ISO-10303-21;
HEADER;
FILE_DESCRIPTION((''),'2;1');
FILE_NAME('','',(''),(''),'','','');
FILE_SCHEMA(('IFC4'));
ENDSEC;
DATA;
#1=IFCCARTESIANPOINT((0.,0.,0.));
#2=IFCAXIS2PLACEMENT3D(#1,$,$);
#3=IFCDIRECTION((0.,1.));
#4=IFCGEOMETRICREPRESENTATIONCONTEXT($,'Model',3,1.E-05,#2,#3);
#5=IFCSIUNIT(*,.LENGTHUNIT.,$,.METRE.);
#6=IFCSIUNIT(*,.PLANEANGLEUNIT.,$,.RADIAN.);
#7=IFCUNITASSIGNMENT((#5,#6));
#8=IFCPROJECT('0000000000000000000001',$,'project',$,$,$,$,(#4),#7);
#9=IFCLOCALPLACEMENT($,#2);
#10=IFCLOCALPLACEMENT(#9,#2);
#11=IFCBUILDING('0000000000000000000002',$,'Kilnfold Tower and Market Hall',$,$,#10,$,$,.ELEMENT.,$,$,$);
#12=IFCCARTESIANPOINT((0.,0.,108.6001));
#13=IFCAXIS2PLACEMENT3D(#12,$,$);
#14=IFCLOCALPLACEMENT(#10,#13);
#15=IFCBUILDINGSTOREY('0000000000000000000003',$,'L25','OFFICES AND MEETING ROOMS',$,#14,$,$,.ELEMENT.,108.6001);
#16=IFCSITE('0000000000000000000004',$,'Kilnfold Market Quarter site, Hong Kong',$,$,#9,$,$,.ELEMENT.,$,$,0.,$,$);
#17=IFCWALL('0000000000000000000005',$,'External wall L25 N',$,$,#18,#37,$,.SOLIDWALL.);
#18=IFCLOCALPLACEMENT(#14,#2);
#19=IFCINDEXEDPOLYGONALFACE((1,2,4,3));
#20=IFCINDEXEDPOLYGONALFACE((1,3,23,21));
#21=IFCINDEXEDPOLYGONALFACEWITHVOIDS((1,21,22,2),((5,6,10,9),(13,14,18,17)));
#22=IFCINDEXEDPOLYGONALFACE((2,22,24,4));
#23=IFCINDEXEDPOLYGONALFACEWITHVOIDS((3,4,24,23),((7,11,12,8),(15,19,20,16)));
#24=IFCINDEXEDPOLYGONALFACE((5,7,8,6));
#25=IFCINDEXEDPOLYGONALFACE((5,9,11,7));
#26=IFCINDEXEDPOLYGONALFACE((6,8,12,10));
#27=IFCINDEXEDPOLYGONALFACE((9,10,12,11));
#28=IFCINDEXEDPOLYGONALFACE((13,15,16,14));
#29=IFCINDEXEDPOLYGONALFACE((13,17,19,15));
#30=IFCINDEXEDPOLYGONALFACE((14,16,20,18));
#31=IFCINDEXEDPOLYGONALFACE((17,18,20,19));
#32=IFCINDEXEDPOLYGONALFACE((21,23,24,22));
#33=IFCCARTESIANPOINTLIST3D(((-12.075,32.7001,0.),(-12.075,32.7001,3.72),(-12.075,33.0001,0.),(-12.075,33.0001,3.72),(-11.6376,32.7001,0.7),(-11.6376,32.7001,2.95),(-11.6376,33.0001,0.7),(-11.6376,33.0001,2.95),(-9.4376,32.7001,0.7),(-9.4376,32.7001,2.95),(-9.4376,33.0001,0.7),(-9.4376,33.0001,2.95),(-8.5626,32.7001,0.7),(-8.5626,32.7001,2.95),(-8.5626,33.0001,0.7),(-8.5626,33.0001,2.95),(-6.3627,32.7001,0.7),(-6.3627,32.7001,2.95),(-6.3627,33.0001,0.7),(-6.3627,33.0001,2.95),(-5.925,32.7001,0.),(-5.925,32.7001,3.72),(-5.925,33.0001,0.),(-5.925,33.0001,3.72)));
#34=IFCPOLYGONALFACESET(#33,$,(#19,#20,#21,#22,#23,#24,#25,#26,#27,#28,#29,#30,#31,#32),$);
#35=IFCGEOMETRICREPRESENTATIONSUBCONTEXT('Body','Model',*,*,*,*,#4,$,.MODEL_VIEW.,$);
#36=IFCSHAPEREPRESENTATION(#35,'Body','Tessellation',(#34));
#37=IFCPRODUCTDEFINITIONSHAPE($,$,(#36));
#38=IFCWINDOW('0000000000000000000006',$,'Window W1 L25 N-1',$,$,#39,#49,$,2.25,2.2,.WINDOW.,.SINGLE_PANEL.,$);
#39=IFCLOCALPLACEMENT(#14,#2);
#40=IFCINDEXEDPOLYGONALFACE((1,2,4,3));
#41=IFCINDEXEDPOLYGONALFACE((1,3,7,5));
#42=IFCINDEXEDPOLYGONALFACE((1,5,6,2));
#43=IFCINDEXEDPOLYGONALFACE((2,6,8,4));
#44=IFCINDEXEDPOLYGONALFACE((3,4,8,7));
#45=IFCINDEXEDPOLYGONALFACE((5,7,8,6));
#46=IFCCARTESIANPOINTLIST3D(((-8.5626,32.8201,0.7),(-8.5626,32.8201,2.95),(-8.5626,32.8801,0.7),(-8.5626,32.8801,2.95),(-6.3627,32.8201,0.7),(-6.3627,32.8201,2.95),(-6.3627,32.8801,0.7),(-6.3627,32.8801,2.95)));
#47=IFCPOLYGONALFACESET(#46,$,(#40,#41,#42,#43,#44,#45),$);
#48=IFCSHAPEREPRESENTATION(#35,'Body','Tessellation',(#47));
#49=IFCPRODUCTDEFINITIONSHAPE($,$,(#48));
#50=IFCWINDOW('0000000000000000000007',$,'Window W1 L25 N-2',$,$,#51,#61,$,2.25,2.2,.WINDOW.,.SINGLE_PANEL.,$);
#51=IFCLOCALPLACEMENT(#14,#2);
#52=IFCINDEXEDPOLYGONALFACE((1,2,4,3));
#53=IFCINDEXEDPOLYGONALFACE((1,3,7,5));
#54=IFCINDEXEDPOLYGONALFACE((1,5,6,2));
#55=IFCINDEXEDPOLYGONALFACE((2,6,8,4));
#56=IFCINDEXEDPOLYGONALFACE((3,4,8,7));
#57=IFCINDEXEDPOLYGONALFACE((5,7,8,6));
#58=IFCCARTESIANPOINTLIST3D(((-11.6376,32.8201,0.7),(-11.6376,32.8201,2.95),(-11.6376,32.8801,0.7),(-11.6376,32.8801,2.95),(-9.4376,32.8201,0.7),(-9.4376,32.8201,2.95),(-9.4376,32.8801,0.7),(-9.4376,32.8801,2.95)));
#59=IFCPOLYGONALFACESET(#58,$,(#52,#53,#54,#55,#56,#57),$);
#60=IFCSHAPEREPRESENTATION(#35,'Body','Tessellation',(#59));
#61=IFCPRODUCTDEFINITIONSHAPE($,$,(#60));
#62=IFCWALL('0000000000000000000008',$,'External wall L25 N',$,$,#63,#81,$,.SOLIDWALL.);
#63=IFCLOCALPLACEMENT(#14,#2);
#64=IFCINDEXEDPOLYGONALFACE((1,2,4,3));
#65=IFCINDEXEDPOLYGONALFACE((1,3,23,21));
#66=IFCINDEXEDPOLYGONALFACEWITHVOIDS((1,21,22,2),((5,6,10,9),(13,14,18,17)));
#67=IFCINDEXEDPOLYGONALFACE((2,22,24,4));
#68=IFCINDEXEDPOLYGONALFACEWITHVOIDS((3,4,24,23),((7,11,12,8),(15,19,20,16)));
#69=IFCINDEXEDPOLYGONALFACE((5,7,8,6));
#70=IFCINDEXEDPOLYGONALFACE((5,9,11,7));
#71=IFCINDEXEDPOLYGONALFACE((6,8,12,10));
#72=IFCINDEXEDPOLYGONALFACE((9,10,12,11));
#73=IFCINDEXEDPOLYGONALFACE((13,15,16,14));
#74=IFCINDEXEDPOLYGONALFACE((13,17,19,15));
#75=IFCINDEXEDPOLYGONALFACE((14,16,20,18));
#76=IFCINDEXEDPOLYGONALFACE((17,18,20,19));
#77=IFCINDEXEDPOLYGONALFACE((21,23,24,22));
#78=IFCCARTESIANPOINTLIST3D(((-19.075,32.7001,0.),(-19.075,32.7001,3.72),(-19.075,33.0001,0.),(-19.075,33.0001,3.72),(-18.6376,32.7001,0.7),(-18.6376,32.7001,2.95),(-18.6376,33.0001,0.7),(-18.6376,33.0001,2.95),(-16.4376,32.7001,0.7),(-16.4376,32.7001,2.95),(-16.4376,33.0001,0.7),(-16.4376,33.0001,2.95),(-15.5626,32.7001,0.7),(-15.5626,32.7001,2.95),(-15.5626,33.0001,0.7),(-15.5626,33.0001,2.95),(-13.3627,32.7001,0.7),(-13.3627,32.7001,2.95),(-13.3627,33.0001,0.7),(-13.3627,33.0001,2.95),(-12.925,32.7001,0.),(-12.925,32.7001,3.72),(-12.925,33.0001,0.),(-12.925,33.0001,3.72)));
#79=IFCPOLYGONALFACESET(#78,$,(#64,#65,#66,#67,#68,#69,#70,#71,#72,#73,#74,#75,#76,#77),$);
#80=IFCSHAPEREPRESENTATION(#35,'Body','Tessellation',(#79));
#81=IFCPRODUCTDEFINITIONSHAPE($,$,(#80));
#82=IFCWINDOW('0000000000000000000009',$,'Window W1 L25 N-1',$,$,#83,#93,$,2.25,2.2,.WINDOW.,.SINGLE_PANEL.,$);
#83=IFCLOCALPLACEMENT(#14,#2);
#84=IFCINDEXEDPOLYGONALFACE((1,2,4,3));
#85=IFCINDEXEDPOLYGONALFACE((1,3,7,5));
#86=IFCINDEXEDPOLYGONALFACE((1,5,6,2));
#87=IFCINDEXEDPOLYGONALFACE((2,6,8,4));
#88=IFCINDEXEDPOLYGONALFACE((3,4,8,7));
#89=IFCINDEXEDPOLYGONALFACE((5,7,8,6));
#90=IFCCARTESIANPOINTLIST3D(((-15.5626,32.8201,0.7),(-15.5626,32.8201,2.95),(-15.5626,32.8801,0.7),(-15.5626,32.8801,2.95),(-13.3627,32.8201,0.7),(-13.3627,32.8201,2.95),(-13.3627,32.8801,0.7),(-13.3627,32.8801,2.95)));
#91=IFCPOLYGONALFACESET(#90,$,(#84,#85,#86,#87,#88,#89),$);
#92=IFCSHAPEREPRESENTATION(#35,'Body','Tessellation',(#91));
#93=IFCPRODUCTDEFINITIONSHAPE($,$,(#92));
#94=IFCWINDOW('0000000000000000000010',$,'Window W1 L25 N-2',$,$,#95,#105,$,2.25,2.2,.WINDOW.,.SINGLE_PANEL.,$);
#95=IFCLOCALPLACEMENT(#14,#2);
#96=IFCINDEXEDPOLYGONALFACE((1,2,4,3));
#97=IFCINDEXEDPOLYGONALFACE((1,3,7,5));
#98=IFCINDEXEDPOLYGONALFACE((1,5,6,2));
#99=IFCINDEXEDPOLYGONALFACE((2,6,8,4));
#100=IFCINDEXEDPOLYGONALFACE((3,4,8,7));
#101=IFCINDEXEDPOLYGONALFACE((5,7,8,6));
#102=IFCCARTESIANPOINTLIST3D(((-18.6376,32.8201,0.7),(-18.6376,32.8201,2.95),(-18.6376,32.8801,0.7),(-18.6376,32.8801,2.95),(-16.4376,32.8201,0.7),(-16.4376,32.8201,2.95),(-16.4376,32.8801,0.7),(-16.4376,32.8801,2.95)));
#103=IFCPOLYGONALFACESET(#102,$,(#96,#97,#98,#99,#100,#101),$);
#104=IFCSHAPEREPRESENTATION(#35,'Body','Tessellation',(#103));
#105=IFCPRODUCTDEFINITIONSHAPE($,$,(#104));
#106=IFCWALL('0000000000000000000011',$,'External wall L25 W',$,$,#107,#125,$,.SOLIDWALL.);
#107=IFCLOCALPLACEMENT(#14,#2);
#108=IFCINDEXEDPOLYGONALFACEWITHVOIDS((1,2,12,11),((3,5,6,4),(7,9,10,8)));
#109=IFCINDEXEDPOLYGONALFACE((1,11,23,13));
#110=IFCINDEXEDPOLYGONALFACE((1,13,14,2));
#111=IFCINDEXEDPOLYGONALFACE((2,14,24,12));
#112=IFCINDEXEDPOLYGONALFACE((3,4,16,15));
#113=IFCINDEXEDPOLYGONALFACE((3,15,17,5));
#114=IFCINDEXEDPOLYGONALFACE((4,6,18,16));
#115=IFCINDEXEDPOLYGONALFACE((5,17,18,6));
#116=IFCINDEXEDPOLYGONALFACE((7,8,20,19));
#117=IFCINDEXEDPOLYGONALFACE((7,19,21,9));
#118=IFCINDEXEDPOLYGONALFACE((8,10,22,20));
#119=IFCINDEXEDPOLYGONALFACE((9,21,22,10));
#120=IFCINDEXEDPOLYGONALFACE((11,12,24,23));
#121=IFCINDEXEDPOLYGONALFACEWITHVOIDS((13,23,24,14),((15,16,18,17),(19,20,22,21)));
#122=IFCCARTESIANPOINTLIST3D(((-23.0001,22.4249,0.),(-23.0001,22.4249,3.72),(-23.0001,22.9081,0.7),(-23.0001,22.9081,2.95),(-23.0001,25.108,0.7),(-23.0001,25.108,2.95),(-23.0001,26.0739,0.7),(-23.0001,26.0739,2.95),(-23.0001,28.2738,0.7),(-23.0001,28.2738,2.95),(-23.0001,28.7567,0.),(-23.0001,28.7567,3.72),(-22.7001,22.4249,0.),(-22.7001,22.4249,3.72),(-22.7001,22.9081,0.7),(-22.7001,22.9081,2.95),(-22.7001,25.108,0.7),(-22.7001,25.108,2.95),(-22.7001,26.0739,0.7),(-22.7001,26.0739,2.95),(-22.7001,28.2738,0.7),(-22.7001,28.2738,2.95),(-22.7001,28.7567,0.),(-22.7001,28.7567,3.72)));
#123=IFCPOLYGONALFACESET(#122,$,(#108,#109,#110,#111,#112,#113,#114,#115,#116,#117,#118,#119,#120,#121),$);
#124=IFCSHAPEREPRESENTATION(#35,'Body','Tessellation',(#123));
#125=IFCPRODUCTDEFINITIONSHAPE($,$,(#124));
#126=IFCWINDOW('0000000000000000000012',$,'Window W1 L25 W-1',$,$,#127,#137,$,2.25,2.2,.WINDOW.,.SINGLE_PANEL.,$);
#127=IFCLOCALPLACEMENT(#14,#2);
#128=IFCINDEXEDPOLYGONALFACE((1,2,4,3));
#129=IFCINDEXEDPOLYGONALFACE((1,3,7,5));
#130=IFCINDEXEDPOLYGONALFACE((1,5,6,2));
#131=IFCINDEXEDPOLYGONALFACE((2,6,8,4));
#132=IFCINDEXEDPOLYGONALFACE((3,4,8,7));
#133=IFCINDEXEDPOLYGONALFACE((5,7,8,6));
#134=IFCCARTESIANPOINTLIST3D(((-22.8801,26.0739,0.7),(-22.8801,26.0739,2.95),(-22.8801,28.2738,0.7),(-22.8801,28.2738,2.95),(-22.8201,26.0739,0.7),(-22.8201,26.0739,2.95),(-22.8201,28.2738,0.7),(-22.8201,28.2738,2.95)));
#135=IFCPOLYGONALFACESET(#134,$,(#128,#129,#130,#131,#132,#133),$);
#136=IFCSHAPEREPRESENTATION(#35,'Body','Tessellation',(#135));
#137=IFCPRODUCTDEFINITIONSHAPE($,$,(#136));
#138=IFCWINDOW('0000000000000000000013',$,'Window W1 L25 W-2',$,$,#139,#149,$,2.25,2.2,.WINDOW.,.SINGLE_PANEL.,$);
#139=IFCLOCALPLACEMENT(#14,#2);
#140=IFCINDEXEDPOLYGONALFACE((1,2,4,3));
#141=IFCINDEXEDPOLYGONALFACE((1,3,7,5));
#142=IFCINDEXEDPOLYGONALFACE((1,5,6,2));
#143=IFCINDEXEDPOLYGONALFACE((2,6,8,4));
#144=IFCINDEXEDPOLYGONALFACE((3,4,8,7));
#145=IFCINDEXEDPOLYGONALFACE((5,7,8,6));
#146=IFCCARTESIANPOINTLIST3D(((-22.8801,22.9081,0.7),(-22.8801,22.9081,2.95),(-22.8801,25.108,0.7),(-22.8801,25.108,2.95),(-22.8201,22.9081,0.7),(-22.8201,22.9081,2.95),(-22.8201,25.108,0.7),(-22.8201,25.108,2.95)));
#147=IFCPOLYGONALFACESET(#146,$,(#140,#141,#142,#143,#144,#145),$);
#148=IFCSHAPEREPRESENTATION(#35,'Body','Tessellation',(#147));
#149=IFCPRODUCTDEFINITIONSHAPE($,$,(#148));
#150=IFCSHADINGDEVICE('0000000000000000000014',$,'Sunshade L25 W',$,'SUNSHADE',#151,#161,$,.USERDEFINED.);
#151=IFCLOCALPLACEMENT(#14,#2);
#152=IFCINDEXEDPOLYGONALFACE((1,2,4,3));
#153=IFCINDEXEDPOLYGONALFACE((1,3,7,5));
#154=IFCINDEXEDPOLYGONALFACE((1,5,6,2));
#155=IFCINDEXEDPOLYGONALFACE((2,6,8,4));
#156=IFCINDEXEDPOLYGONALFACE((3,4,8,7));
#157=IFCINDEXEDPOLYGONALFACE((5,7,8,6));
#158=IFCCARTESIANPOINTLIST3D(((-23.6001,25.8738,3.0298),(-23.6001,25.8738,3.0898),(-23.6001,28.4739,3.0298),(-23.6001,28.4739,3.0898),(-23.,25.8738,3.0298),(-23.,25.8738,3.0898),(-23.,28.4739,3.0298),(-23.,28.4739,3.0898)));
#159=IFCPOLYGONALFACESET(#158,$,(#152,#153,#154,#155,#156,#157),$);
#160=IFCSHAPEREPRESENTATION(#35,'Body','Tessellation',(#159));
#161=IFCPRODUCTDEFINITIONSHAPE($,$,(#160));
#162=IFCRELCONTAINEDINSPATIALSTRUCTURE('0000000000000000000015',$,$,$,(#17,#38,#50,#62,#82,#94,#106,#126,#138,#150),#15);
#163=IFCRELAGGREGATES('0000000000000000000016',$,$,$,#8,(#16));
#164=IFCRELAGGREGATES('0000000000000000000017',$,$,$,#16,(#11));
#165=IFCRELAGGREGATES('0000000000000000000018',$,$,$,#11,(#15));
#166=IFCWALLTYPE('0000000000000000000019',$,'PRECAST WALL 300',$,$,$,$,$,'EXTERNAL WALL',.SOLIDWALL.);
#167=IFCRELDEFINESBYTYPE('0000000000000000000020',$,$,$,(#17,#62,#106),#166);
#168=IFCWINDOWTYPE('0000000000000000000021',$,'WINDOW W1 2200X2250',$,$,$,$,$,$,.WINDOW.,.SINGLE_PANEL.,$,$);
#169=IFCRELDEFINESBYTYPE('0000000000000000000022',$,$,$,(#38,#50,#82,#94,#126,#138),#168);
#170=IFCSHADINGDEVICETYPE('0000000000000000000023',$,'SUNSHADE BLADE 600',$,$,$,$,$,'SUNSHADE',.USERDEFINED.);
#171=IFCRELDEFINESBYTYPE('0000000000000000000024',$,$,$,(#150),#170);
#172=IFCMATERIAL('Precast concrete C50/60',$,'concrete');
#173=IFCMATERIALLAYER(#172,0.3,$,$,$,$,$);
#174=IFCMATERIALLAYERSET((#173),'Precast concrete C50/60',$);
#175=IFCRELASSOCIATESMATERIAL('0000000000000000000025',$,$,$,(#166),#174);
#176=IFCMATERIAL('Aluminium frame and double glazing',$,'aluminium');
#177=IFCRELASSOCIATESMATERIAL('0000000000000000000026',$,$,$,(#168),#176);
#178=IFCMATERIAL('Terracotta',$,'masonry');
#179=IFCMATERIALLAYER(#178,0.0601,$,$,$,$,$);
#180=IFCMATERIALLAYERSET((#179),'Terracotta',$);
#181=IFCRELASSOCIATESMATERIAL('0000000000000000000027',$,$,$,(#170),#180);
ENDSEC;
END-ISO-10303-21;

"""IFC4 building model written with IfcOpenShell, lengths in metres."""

from ifc_helpers import new_model, si_unit, direction, frame, frame_2d, origin, origin_2d, place, context, subcontext, project, spatial, rectangle, extrude, source, transform, mapped, material, layer, layer_set, type_object, element, fill, save


model = new_model("IFC4")

# Units and contexts
model_context = context("Model", 3, precision=1e-05, world=origin(), true_north=direction((0.0, 1.0)))
body_context = subcontext(model_context, "Body", "Model", "MODEL_VIEW")
ifc_project = project(units=[si_unit("LENGTHUNIT", "METRE"), si_unit("PLANEANGLEUNIT", "RADIAN")], contexts=[model_context])

# Site, building, storey
site_placement = place(None, origin())
site = spatial("IfcSite", under=ifc_project, at=site_placement, Name="Kilnfold Market Quarter site, Hong Kong", CompositionType="ELEMENT", RefElevation=0.0)
building_placement = place(site_placement, origin())
building = spatial("IfcBuilding", under=site, at=building_placement, Name="Kilnfold Tower and Market Hall", CompositionType="ELEMENT")
storey_placement = place(building_placement, frame((0.0, 0.0, 108.6001)))
storey = spatial("IfcBuildingStorey", under=building, at=storey_placement, Name="L25", Description="OFFICES AND MEETING ROOMS", CompositionType="ELEMENT", Elevation=108.6001)

# Shared definitions
ifc_material_1 = material(Name="Precast concrete C50/60", Category="concrete")
ifc_layer_1 = layer(ifc_material_1, 0.3)
ifc_layer_set_1 = layer_set([ifc_layer_1], Name="Precast concrete C50/60")
wall_type_1 = type_object("IfcWallType", Name="PRECAST WALL 300", ElementType="EXTERNAL WALL", PredefinedType="SOLIDWALL", material=ifc_layer_set_1)
ifc_material_2 = material(Name="Aluminium frame and double glazing", Category="aluminium")
window_type = type_object("IfcWindowType", Name="WINDOW W1 2200X2250", PartitioningType="SINGLE_PANEL", PredefinedType="WINDOW", material=ifc_material_2)

# Walls, openings, windows
shared_shape_1 = source(origin(), body_context, "Body", "SweptSolid", [
    extrude(rectangle(XDim=6.1499, YDim=0.3, at=frame_2d((3.075, 0.0))), origin(), (0.0, 0.0, 1.0), 3.72),
])
wall_1_placement = place(storey_placement, frame((-5.925, 32.8501, 0.0), z_axis=(0.0, 0.0, 1.0), x_axis=(-1.0, 0.0, 0.0)))
wall_1 = element("IfcWall", 1, at=wall_1_placement, inside=storey, type_object=wall_type_1, Name="External wall L25 N", PredefinedType="SOLIDWALL", context=body_context, shape_type="MappedRepresentation", body=[
    mapped(shared_shape_1, transform((0.0, 0.0, 0.0))),
])
opening_1_placement = place(wall_1_placement, frame((0.4375, 0.0, 0.7)))
opening_1 = element("IfcOpeningElement", 2, at=opening_1_placement, cuts=wall_1, PredefinedType="OPENING", context=body_context, shape_type="SweptSolid", body=[
    extrude(rectangle(XDim=2.2, YDim=2.25, at=frame_2d((1.1001, 1.125))), frame((0.0, 0.1602, 0.0), z_axis=(0.0, -1.0, 0.0), x_axis=(1.0, 0.0, 0.0)), (0.0, 0.0, 1.0), 0.3201),
])
opening_2_placement = place(wall_1_placement, frame((3.5125, 0.0, 0.7)))
opening_2 = element("IfcOpeningElement", 3, at=opening_2_placement, cuts=wall_1, PredefinedType="OPENING", context=body_context, shape_type="SweptSolid", body=[
    extrude(rectangle(XDim=2.2, YDim=2.25, at=frame_2d((1.1001, 1.125))), frame((0.0, 0.1602, 0.0), z_axis=(0.0, -1.0, 0.0), x_axis=(1.0, 0.0, 0.0)), (0.0, 0.0, 1.0), 0.3201),
])
window_1_placement = place(opening_1_placement, origin())
window_1 = element("IfcWindow", 4, at=window_1_placement, inside=storey, type_object=window_type, Name="Window W1 L25 N-1", OverallHeight=2.25, OverallWidth=2.2, PartitioningType="SINGLE_PANEL", PredefinedType="WINDOW", context=body_context, shape_type="SweptSolid", body=[
    extrude(rectangle(XDim=2.2, YDim=2.25, at=frame_2d((1.1001, 1.125))), frame((0.0, 0.03, 0.0), z_axis=(0.0, -1.0, 0.0), x_axis=(1.0, 0.0, 0.0)), (0.0, 0.0, 1.0), 0.0601),
])
fill(opening_1, window_1)
window_2_placement = place(opening_2_placement, origin())
window_2 = element("IfcWindow", 5, at=window_2_placement, inside=storey, type_object=window_type, Name="Window W1 L25 N-2", OverallHeight=2.25, OverallWidth=2.2, PartitioningType="SINGLE_PANEL", PredefinedType="WINDOW", context=body_context, shape_type="SweptSolid", body=[
    extrude(rectangle(XDim=2.2, YDim=2.25, at=frame_2d((1.1001, 1.125))), frame((0.0, 0.03, 0.0), z_axis=(0.0, -1.0, 0.0), x_axis=(1.0, 0.0, 0.0)), (0.0, 0.0, 1.0), 0.0601),
])
fill(opening_2, window_2)
wall_2_placement = place(storey_placement, frame((-12.925, 32.8501, 0.0), z_axis=(0.0, 0.0, 1.0), x_axis=(-1.0, 0.0, 0.0)))
wall_2 = element("IfcWall", 6, at=wall_2_placement, inside=storey, type_object=wall_type_1, Name="External wall L25 N", PredefinedType="SOLIDWALL", context=body_context, shape_type="MappedRepresentation", body=[
    mapped(shared_shape_1, transform((0.0, 0.0, 0.0))),
])
opening_3_placement = place(wall_2_placement, frame((0.4375, 0.0, 0.7)))
opening_3 = element("IfcOpeningElement", 7, at=opening_3_placement, cuts=wall_2, PredefinedType="OPENING", context=body_context, shape_type="SweptSolid", body=[
    extrude(rectangle(XDim=2.2, YDim=2.25, at=frame_2d((1.1001, 1.125))), frame((0.0, 0.1602, 0.0), z_axis=(0.0, -1.0, 0.0), x_axis=(1.0, 0.0, 0.0)), (0.0, 0.0, 1.0), 0.3201),
])
opening_4_placement = place(wall_2_placement, frame((3.5125, 0.0, 0.7)))
opening_4 = element("IfcOpeningElement", 8, at=opening_4_placement, cuts=wall_2, PredefinedType="OPENING", context=body_context, shape_type="SweptSolid", body=[
    extrude(rectangle(XDim=2.2, YDim=2.25, at=frame_2d((1.1001, 1.125))), frame((0.0, 0.1602, 0.0), z_axis=(0.0, -1.0, 0.0), x_axis=(1.0, 0.0, 0.0)), (0.0, 0.0, 1.0), 0.3201),
])
window_3_placement = place(opening_3_placement, origin())
window_3 = element("IfcWindow", 9, at=window_3_placement, inside=storey, type_object=window_type, Name="Window W1 L25 N-1", OverallHeight=2.25, OverallWidth=2.2, PartitioningType="SINGLE_PANEL", PredefinedType="WINDOW", context=body_context, shape_type="SweptSolid", body=[
    extrude(rectangle(XDim=2.2, YDim=2.25, at=frame_2d((1.1001, 1.125))), frame((0.0, 0.03, 0.0), z_axis=(0.0, -1.0, 0.0), x_axis=(1.0, 0.0, 0.0)), (0.0, 0.0, 1.0), 0.0601),
])
fill(opening_3, window_3)
window_4_placement = place(opening_4_placement, origin())
window_4 = element("IfcWindow", 10, at=window_4_placement, inside=storey, type_object=window_type, Name="Window W1 L25 N-2", OverallHeight=2.25, OverallWidth=2.2, PartitioningType="SINGLE_PANEL", PredefinedType="WINDOW", context=body_context, shape_type="SweptSolid", body=[
    extrude(rectangle(XDim=2.2, YDim=2.25, at=frame_2d((1.1001, 1.125))), frame((0.0, 0.03, 0.0), z_axis=(0.0, -1.0, 0.0), x_axis=(1.0, 0.0, 0.0)), (0.0, 0.0, 1.0), 0.0601),
])
fill(opening_4, window_4)
shared_shape_2 = source(origin(), body_context, "Body", "SweptSolid", [
    extrude(rectangle(XDim=6.3318, YDim=0.3, at=frame_2d((3.166, 0.0))), origin(), (0.0, 0.0, 1.0), 3.72),
])
wall_3_placement = place(storey_placement, frame((-22.8501, 28.7568, 0.0), z_axis=(0.0, 0.0, 1.0), x_axis=(0.0, -1.0, 0.0)))
wall_3 = element("IfcWall", 11, at=wall_3_placement, inside=storey, type_object=wall_type_1, Name="External wall L25 W", PredefinedType="SOLIDWALL", context=body_context, shape_type="MappedRepresentation", body=[
    mapped(shared_shape_2, transform((0.0, 0.0, 0.0))),
])
opening_5_placement = place(wall_3_placement, frame((0.4829, 0.0, 0.7)))
opening_5 = element("IfcOpeningElement", 12, at=opening_5_placement, cuts=wall_3, PredefinedType="OPENING", context=body_context, shape_type="SweptSolid", body=[
    extrude(rectangle(XDim=2.2, YDim=2.25, at=frame_2d((1.1001, 1.125))), frame((0.0, 0.1602, 0.0), z_axis=(0.0, -1.0, 0.0), x_axis=(1.0, 0.0, 0.0)), (0.0, 0.0, 1.0), 0.3201),
])
opening_6_placement = place(wall_3_placement, frame((3.6487, 0.0, 0.7)))
opening_6 = element("IfcOpeningElement", 13, at=opening_6_placement, cuts=wall_3, PredefinedType="OPENING", context=body_context, shape_type="SweptSolid", body=[
    extrude(rectangle(XDim=2.2, YDim=2.25, at=frame_2d((1.1001, 1.125))), frame((0.0, 0.1602, 0.0), z_axis=(0.0, -1.0, 0.0), x_axis=(1.0, 0.0, 0.0)), (0.0, 0.0, 1.0), 0.3201),
])
window_5_placement = place(opening_5_placement, origin())
window_5 = element("IfcWindow", 14, at=window_5_placement, inside=storey, type_object=window_type, Name="Window W1 L25 W-1", OverallHeight=2.25, OverallWidth=2.2, PartitioningType="SINGLE_PANEL", PredefinedType="WINDOW", context=body_context, shape_type="SweptSolid", body=[
    extrude(rectangle(XDim=2.2, YDim=2.25, at=frame_2d((1.1001, 1.125))), frame((0.0, 0.03, 0.0), z_axis=(0.0, -1.0, 0.0), x_axis=(1.0, 0.0, 0.0)), (0.0, 0.0, 1.0), 0.0601),
])
fill(opening_5, window_5)
window_6_placement = place(opening_6_placement, origin())
window_6 = element("IfcWindow", 15, at=window_6_placement, inside=storey, type_object=window_type, Name="Window W1 L25 W-2", OverallHeight=2.25, OverallWidth=2.2, PartitioningType="SINGLE_PANEL", PredefinedType="WINDOW", context=body_context, shape_type="SweptSolid", body=[
    extrude(rectangle(XDim=2.2, YDim=2.25, at=frame_2d((1.1001, 1.125))), frame((0.0, 0.03, 0.0), z_axis=(0.0, -1.0, 0.0), x_axis=(1.0, 0.0, 0.0)), (0.0, 0.0, 1.0), 0.0601),
])
fill(opening_6, window_6)

# Shading device
ifc_material_3 = material(Name="Terracotta", Category="masonry")
ifc_layer_2 = layer(ifc_material_3, 0.0601)
ifc_layer_set_2 = layer_set([ifc_layer_2], Name="Terracotta")
shading_device_type = type_object("IfcShadingDeviceType", Name="SUNSHADE BLADE 600", ElementType="SUNSHADE", PredefinedType="USERDEFINED", material=ifc_layer_set_2)
shared_shape_3 = source(origin(), body_context, "Body", "SweptSolid", [
    extrude(rectangle(XDim=2.6001, YDim=0.6001, at=origin_2d()), origin(), (0.0, 0.0, 1.0), 0.0601),
])
shading_device_placement = place(storey_placement, frame((-23.3, 27.1738, 3.0298), z_axis=(0.0, 0.0, 1.0), x_axis=(0.0, -1.0, 0.0)))
element("IfcShadingDevice", 16, at=shading_device_placement, inside=storey, type_object=shading_device_type, Name="Sunshade L25 W", ObjectType="SUNSHADE", PredefinedType="USERDEFINED", context=body_context, shape_type="MappedRepresentation", body=[
    mapped(shared_shape_3, transform((0.0, 0.0, 0.0))),
])

save(model, "model.ifc")
